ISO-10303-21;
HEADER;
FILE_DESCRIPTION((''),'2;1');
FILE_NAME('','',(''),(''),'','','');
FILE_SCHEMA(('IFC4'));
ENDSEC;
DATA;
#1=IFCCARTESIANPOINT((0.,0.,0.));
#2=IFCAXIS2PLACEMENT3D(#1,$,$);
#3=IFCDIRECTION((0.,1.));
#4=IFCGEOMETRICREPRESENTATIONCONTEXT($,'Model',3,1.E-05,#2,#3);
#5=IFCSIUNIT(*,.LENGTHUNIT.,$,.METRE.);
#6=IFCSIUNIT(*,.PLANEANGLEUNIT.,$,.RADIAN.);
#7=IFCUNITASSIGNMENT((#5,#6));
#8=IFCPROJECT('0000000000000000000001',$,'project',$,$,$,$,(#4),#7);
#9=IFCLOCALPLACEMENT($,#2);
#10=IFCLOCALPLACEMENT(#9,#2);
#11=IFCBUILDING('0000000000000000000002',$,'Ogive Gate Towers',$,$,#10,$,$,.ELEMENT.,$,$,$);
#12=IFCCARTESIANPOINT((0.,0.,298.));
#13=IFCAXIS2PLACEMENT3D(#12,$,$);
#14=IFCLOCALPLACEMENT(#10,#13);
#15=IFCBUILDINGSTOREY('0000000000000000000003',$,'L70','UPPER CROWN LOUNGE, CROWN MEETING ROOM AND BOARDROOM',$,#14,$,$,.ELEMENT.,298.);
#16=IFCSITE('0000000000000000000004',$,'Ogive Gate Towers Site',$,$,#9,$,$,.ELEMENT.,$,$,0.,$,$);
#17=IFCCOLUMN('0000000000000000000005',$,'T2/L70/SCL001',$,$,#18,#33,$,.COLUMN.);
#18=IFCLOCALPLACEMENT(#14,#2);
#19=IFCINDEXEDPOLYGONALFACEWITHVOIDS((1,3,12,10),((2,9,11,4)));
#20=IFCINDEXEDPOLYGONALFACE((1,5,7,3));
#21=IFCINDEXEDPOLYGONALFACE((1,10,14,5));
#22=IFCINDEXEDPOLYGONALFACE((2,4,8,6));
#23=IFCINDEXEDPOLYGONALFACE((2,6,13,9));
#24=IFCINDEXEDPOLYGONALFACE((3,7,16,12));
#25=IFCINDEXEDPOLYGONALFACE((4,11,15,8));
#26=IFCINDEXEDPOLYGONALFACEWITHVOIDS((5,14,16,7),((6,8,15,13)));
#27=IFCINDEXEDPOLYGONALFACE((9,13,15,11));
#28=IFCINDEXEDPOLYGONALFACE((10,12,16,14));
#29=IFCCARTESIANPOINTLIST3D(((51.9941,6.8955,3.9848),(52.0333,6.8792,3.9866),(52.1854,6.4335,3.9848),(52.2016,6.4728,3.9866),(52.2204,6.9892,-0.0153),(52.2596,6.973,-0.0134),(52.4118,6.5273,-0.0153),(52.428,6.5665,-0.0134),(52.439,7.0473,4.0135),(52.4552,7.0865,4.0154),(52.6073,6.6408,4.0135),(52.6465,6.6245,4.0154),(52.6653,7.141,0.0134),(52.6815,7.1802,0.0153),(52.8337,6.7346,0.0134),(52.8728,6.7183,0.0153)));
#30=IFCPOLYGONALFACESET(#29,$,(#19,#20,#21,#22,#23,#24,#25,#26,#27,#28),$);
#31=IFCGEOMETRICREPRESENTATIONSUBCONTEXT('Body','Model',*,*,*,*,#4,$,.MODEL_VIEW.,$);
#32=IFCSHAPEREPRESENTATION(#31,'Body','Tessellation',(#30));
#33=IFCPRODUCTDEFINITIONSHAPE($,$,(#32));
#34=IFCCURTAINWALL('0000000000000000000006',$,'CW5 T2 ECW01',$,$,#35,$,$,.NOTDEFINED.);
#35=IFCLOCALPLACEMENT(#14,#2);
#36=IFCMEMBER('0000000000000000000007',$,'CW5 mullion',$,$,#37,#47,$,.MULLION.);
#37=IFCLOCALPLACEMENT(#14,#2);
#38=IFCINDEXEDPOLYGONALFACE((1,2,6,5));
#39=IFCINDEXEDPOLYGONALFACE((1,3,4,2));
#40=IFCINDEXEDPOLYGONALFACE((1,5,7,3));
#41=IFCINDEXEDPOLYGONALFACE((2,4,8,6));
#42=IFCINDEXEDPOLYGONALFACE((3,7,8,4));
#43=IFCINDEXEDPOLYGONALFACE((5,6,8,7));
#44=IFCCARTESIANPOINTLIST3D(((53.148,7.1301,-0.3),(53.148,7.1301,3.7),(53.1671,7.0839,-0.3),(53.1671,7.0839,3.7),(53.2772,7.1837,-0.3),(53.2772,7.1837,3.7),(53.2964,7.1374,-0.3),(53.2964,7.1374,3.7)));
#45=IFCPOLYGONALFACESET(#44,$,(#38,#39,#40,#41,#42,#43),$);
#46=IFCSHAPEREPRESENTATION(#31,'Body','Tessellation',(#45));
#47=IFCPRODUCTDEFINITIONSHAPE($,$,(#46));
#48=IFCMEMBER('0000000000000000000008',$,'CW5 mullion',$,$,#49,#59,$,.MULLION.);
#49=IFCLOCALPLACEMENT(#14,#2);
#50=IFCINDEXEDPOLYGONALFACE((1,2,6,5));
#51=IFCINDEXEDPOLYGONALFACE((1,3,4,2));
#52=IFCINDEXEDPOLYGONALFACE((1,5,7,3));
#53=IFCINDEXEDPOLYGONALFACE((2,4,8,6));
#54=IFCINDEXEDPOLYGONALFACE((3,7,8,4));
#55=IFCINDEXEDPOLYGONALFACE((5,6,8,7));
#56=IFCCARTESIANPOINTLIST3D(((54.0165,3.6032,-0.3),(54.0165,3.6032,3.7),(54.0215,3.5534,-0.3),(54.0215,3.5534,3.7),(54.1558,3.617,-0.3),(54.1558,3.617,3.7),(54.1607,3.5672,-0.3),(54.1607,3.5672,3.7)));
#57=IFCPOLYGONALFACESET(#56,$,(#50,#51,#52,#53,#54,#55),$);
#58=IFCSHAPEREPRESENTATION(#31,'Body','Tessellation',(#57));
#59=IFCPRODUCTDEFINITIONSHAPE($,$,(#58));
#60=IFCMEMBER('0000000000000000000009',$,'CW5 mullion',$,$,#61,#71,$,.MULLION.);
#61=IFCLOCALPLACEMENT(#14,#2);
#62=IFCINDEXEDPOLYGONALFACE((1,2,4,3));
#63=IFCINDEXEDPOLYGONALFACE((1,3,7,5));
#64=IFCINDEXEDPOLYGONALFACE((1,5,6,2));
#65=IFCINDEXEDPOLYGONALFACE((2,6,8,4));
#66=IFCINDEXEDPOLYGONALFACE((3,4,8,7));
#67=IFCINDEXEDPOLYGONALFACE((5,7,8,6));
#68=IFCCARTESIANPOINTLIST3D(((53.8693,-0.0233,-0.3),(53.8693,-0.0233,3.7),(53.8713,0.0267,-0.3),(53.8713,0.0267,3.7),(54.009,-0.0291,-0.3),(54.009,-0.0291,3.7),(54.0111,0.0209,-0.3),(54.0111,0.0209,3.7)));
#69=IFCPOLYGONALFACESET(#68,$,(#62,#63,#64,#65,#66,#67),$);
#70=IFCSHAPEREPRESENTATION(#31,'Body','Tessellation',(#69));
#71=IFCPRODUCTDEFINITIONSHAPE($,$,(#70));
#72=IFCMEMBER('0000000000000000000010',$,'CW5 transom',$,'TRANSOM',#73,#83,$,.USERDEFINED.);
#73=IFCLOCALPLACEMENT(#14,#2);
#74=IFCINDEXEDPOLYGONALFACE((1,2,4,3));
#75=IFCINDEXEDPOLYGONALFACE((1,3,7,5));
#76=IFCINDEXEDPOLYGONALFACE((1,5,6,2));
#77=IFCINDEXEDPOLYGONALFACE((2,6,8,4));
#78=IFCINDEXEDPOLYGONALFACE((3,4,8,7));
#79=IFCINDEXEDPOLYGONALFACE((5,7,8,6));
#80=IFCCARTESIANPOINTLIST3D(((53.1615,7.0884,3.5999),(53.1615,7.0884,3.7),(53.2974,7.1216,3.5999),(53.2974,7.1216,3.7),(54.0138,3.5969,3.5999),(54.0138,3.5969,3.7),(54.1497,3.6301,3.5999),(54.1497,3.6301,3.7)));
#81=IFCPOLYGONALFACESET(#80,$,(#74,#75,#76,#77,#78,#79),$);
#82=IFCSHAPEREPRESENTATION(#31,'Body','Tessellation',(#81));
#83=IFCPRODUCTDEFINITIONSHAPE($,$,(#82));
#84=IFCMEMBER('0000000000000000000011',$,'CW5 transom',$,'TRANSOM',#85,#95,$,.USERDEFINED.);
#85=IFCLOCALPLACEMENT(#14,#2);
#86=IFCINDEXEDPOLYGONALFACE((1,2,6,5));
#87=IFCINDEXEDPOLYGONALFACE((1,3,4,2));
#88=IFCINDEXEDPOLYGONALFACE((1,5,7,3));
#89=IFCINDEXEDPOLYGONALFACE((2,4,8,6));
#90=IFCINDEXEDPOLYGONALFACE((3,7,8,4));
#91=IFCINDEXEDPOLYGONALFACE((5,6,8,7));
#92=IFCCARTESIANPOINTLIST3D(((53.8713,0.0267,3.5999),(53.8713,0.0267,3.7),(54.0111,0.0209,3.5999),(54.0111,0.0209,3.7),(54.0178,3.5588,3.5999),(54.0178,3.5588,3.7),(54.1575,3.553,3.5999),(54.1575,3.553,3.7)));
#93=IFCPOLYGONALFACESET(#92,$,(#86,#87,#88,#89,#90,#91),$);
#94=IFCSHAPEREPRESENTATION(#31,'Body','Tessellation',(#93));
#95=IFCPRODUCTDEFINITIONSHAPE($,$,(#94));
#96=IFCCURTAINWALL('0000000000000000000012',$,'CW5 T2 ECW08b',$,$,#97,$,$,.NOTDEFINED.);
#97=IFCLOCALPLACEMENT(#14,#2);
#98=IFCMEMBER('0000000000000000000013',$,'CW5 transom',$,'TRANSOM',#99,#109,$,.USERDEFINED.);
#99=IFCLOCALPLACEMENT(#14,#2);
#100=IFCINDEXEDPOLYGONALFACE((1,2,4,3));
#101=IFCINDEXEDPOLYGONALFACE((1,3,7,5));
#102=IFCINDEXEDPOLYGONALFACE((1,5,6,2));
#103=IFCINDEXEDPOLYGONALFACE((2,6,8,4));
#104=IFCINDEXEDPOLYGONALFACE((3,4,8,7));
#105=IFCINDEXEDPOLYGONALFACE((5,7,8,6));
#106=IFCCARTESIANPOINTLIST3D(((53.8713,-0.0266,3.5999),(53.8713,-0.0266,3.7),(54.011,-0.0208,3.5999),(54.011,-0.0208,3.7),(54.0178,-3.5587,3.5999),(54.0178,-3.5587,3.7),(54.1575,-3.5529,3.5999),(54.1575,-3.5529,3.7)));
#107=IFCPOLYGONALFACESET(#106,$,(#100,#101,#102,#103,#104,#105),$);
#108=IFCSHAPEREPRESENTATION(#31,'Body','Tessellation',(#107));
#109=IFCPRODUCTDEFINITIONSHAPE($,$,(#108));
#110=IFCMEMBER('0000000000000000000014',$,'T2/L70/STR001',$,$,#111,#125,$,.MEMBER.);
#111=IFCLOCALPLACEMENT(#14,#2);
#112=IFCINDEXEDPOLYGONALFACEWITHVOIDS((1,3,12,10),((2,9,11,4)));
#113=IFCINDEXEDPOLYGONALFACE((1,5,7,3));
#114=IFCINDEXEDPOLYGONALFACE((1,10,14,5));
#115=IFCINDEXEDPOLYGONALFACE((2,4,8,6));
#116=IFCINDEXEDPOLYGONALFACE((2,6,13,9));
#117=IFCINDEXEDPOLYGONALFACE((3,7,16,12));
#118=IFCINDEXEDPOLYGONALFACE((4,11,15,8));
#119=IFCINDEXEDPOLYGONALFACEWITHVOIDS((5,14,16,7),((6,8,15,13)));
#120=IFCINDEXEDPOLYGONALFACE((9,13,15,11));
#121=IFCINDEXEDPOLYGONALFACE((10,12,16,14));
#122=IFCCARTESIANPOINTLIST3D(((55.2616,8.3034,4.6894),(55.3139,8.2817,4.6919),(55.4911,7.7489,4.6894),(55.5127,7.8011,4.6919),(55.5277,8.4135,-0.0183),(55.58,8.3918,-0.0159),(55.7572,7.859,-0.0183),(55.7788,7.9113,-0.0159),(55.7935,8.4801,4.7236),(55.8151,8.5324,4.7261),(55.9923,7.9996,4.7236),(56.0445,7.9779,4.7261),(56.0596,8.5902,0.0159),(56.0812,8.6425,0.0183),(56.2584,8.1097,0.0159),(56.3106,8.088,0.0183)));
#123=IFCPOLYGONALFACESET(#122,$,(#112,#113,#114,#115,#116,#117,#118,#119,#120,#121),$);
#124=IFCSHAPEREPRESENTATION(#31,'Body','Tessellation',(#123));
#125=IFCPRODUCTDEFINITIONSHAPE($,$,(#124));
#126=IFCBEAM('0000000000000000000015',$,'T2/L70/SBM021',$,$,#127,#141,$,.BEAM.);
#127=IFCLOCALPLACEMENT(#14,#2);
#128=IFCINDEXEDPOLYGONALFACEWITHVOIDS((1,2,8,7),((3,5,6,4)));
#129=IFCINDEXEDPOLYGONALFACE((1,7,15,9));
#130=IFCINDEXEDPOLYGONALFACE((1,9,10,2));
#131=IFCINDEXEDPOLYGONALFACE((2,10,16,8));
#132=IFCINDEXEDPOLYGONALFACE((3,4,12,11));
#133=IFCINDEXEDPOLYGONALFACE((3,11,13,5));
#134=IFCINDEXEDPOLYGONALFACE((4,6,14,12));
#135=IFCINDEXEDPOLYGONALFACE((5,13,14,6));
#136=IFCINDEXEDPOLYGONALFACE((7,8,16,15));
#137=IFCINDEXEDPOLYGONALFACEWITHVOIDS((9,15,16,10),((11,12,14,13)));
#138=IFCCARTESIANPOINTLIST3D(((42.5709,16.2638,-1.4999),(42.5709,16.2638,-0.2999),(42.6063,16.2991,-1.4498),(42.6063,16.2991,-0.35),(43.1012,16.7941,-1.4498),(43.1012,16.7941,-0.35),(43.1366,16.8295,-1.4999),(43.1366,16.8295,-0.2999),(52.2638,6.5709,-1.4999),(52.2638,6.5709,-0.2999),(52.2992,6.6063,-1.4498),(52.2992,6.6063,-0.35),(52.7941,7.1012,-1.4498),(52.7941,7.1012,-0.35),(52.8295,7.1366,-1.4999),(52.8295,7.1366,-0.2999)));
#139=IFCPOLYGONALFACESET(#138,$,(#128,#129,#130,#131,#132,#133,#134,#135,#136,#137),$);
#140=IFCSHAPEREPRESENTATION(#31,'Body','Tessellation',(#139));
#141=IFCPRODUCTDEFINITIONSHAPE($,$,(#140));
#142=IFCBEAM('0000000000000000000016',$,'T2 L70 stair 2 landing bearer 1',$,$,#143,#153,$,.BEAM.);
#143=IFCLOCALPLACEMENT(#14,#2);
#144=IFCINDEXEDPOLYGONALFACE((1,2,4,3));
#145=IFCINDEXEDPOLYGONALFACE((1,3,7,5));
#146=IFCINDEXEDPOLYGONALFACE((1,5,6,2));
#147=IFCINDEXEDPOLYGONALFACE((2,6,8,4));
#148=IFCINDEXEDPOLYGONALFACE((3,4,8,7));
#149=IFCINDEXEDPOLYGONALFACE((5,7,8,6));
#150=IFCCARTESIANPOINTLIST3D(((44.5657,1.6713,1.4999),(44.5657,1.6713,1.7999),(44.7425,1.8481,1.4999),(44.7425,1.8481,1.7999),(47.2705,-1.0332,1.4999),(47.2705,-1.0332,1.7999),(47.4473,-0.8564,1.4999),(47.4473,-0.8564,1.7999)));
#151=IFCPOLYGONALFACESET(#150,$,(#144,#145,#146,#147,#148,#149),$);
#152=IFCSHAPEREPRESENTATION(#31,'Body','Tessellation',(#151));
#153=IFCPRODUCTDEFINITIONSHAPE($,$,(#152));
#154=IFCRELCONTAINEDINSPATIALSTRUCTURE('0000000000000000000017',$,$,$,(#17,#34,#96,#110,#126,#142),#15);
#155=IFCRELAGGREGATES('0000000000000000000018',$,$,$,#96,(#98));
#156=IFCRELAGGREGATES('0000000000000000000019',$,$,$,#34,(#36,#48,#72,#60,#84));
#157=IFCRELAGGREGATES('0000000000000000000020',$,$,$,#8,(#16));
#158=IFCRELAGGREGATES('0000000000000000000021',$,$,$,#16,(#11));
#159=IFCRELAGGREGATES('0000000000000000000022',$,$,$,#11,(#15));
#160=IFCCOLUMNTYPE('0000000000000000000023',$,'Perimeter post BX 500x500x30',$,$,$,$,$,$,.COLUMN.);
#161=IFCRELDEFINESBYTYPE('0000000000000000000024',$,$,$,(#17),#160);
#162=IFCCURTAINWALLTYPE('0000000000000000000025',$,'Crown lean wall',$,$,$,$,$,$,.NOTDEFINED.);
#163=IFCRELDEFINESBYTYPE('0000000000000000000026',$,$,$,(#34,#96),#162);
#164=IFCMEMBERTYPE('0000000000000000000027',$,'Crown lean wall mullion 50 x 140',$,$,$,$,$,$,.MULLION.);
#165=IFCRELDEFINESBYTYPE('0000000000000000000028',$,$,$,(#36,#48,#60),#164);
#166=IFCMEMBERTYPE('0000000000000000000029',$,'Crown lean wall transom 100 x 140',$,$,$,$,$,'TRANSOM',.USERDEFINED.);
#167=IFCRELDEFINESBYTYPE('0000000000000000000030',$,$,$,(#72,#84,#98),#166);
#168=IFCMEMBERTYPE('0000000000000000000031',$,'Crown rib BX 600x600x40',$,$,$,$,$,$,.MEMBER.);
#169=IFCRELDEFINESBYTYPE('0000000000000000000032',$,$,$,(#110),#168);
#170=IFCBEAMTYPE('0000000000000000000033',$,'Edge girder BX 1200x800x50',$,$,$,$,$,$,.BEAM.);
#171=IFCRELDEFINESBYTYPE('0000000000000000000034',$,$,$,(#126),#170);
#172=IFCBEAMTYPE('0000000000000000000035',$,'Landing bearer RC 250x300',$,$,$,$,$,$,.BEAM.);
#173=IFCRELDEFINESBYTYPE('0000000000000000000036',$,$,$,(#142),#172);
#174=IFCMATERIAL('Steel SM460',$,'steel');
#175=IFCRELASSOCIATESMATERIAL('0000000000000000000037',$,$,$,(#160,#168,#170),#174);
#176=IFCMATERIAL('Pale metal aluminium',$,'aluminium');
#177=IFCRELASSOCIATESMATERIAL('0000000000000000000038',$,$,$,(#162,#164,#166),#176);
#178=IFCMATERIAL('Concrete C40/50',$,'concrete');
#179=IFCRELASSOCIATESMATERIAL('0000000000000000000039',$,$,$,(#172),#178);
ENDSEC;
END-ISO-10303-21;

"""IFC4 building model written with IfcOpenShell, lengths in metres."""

from ifc_helpers import new_model, si_unit, direction, frame, origin, origin_2d, place, context, subcontext, project, spatial, rectangle, hollow_rectangle, extrude, material, material_profile, profile_set, type_object, element, aggregate, save


model = new_model("IFC4")

# Units and contexts
model_context = context("Model", 3, precision=1e-05, world=origin(), true_north=direction((0.0, 1.0)))
body_context = subcontext(model_context, "Body", "Model", "MODEL_VIEW")
ifc_project = project(units=[si_unit("LENGTHUNIT", "METRE"), si_unit("PLANEANGLEUNIT", "RADIAN")], contexts=[model_context])

# Site, building, storey
site_placement = place(None, origin())
site = spatial("IfcSite", under=ifc_project, at=site_placement, Name="Ogive Gate Towers Site", CompositionType="ELEMENT", RefElevation=0.0)
building_placement = place(site_placement, origin())
building = spatial("IfcBuilding", under=site, at=building_placement, Name="Ogive Gate Towers", CompositionType="ELEMENT")
storey_placement = place(building_placement, frame((0.0, 0.0, 298.0)))
storey = spatial("IfcBuildingStorey", under=building, at=storey_placement, Name="L70", Description="UPPER CROWN LOUNGE, CROWN MEETING ROOM AND BOARDROOM", CompositionType="ELEMENT", Elevation=298.0)

# Column
ifc_material_1 = material(Name="Steel SM460", Category="steel")
ifc_material_profile_1 = material_profile(ifc_material_1, hollow_rectangle(XDim=0.5, YDim=0.5, WallThickness=0.03, at=origin_2d()), Name="BX 500x500x30")
ifc_profile_set_1 = profile_set([ifc_material_profile_1], Name="Steel SM460")
column_type = type_object("IfcColumnType", Name="Perimeter post BX 500x500x30", PredefinedType="COLUMN", material=ifc_profile_set_1)
column_placement = place(storey_placement, frame((52.5466, 6.8538, 0.0), z_axis=(-0.056474, -0.023394, 0.99813), x_axis=(0.382704, -0.923871, 0.0)))
element("IfcColumn", 1, at=column_placement, inside=storey, type_object=column_type, Name="T2/L70/SCL001", PredefinedType="COLUMN", context=body_context, shape_type="SweptSolid", body=[
    extrude(hollow_rectangle(XDim=0.5, YDim=0.5, WallThickness=0.03, at=origin_2d()), origin(), (0.0, 0.0, 1.0), 4.0076),
])

# Curtain wall, members
ifc_material_2 = material(Name="Pale metal aluminium", Category="aluminium")
curtain_wall_type = type_object("IfcCurtainWallType", Name="Crown lean wall", PredefinedType="NOTDEFINED", material=ifc_material_2)
curtain_wall_1_placement = place(storey_placement, origin())
curtain_wall_1 = element("IfcCurtainWall", 2, at=curtain_wall_1_placement, inside=storey, type_object=curtain_wall_type, Name="CW5 T2 ECW01", PredefinedType="NOTDEFINED")
ifc_material_profile_2 = material_profile(ifc_material_2, rectangle(XDim=0.1399, YDim=0.05, at=origin_2d()), Name="50 x 140 aluminium box")
ifc_profile_set_2 = profile_set([ifc_material_profile_2], Name="Pale metal aluminium")
member_type_1 = type_object("IfcMemberType", Name="Crown lean wall mullion 50 x 140", PredefinedType="MULLION", material=ifc_profile_set_2)
member_1_placement = place(storey_placement, frame((53.2222, 7.1338, -0.3), z_axis=(0.0, 0.0, 1.0), x_axis=(-0.92388, -0.382683, 0.0)))
member_1 = element("IfcMember", 3, at=member_1_placement, type_object=member_type_1, Name="CW5 mullion", PredefinedType="MULLION", context=body_context, shape_type="SweptSolid", body=[
    extrude(rectangle(XDim=0.1399, YDim=0.05, at=origin_2d()), origin(), (0.0, 0.0, 1.0), 4.0),
])
member_2_placement = place(storey_placement, frame((54.0886, 3.5852, -0.3), z_axis=(0.0, 0.0, 1.0), x_axis=(-0.995104, -0.098833, 0.0)))
member_2 = element("IfcMember", 4, at=member_2_placement, type_object=member_type_1, Name="CW5 mullion", PredefinedType="MULLION", context=body_context, shape_type="SweptSolid", body=[
    extrude(rectangle(XDim=0.1399, YDim=0.05, at=origin_2d()), origin(), (0.0, 0.0, 1.0), 4.0),
])
member_3_placement = place(storey_placement, frame((53.9402, -0.0012, -0.3), z_axis=(0.0, 0.0, 1.0), x_axis=(-0.999141, 0.04144, 0.0)))
member_3 = element("IfcMember", 5, at=member_3_placement, type_object=member_type_1, Name="CW5 mullion", PredefinedType="MULLION", context=body_context, shape_type="SweptSolid", body=[
    extrude(rectangle(XDim=0.1399, YDim=0.05, at=origin_2d()), origin(), (0.0, 0.0, 1.0), 4.0),
])
ifc_material_profile_3 = material_profile(ifc_material_2, rectangle(XDim=0.1399, YDim=0.1001, at=origin_2d()), Name="100 x 140 aluminium box")
ifc_profile_set_3 = profile_set([ifc_material_profile_3], Name="Pale metal aluminium")
member_type_2 = type_object("IfcMemberType", Name="Crown lean wall transom 100 x 140", ElementType="TRANSOM", PredefinedType="USERDEFINED", material=ifc_profile_set_3)
member_4_placement = place(storey_placement, frame((53.2295, 7.105, 3.6499), z_axis=(0.237145, -0.971474, 0.0), x_axis=(0.971474, 0.237145, 0.0)))
member_4 = element("IfcMember", 6, at=member_4_placement, type_object=member_type_2, Name="CW5 transom", ObjectType="TRANSOM", PredefinedType="USERDEFINED", context=body_context, shape_type="SweptSolid", body=[
    extrude(rectangle(XDim=0.1399, YDim=0.1001, at=origin_2d()), origin(), (0.0, 0.0, 1.0), 3.594),
])
member_5_placement = place(storey_placement, frame((54.0876, 3.5559, 3.6499), z_axis=(-0.041435, -0.999141, 0.0), x_axis=(0.999141, -0.041435, 0.0)))
member_5 = element("IfcMember", 7, at=member_5_placement, type_object=member_type_2, Name="CW5 transom", ObjectType="TRANSOM", PredefinedType="USERDEFINED", context=body_context, shape_type="SweptSolid", body=[
    extrude(rectangle(XDim=0.1399, YDim=0.1001, at=origin_2d()), origin(), (0.0, 0.0, 1.0), 3.5352),
])

# Curtain wall, member
curtain_wall_2_placement = place(storey_placement, origin())
curtain_wall_2 = element("IfcCurtainWall", 8, at=curtain_wall_2_placement, inside=storey, type_object=curtain_wall_type, Name="CW5 T2 ECW08b", PredefinedType="NOTDEFINED")
member_6_placement = place(storey_placement, frame((53.9412, -0.0237, 3.6499), z_axis=(0.041435, -0.999141, 0.0), x_axis=(0.999141, 0.041435, 0.0)))
member_6 = element("IfcMember", 9, at=member_6_placement, type_object=member_type_2, Name="CW5 transom", ObjectType="TRANSOM", PredefinedType="USERDEFINED", context=body_context, shape_type="SweptSolid", body=[
    extrude(rectangle(XDim=0.1399, YDim=0.1001, at=origin_2d()), origin(), (0.0, 0.0, 1.0), 3.5352),
])
aggregate(curtain_wall_2, [member_6])

# Member
ifc_material_profile_4 = material_profile(ifc_material_1, hollow_rectangle(XDim=0.6001, YDim=0.6001, WallThickness=0.04, at=origin_2d()), Name="BX 600x600x40")
ifc_profile_set_4 = profile_set([ifc_material_profile_4], Name="Steel SM460")
member_type_3 = type_object("IfcMemberType", Name="Crown rib BX 600x600x40", PredefinedType="MEMBER", material=ifc_profile_set_4)
member_7_placement = place(storey_placement, frame((55.9192, 8.2507, 0.0), z_axis=(-0.056421, -0.023345, 0.998134), x_axis=(0.382327, -0.924027, 0.0)))
element("IfcMember", 10, at=member_7_placement, inside=storey, type_object=member_type_3, Name="T2/L70/STR001", PredefinedType="MEMBER", context=body_context, shape_type="SweptSolid", body=[
    extrude(hollow_rectangle(XDim=0.6001, YDim=0.6001, WallThickness=0.04, at=origin_2d()), origin(), (0.0, 0.0, 1.0), 4.7166),
])

# Beams
ifc_material_profile_5 = material_profile(ifc_material_1, hollow_rectangle(XDim=0.8, YDim=1.2, WallThickness=0.05, at=origin_2d()), Name="BX 1200x800x50")
ifc_profile_set_5 = profile_set([ifc_material_profile_5], Name="Steel SM460")
beam_type_1 = type_object("IfcBeamType", Name="Edge girder BX 1200x800x50", PredefinedType="BEAM", material=ifc_profile_set_5)
beam_1_placement = place(storey_placement, frame((52.5466, 6.8538, -0.8999), z_axis=(-0.707107, 0.707107, 0.0), x_axis=(-0.707107, -0.707107, 0.0)))
element("IfcBeam", 11, at=beam_1_placement, inside=storey, type_object=beam_type_1, Name="T2/L70/SBM021", PredefinedType="BEAM", context=body_context, shape_type="SweptSolid", body=[
    extrude(hollow_rectangle(XDim=0.8, YDim=1.2, WallThickness=0.05, at=origin_2d()), origin(), (0.0, 0.0, 1.0), 13.7078),
])
ifc_material_3 = material(Name="Concrete C40/50", Category="concrete")
ifc_material_profile_6 = material_profile(ifc_material_3, rectangle(XDim=0.25, YDim=0.3, at=origin_2d()), Name="RC 250x300")
ifc_profile_set_6 = profile_set([ifc_material_profile_6], Name="Concrete C40/50")
beam_type_2 = type_object("IfcBeamType", Name="Landing bearer RC 250x300", PredefinedType="BEAM", material=ifc_profile_set_6)
beam_2_placement = place(storey_placement, frame((47.3589, -0.9448, 1.6499), z_axis=(-0.707139, 0.707075, 0.0), x_axis=(-0.707075, -0.707139, 0.0)))
element("IfcBeam", 12, at=beam_2_placement, inside=storey, type_object=beam_type_2, Name="T2 L70 stair 2 landing bearer 1", PredefinedType="BEAM", context=body_context, shape_type="SweptSolid", body=[
    extrude(rectangle(XDim=0.25, YDim=0.3, at=origin_2d()), origin(), (0.0, 0.0, 1.0), 3.825),
])

aggregate(curtain_wall_1, [member_1, member_2, member_4, member_3, member_5])

save(model, "model.ifc")
